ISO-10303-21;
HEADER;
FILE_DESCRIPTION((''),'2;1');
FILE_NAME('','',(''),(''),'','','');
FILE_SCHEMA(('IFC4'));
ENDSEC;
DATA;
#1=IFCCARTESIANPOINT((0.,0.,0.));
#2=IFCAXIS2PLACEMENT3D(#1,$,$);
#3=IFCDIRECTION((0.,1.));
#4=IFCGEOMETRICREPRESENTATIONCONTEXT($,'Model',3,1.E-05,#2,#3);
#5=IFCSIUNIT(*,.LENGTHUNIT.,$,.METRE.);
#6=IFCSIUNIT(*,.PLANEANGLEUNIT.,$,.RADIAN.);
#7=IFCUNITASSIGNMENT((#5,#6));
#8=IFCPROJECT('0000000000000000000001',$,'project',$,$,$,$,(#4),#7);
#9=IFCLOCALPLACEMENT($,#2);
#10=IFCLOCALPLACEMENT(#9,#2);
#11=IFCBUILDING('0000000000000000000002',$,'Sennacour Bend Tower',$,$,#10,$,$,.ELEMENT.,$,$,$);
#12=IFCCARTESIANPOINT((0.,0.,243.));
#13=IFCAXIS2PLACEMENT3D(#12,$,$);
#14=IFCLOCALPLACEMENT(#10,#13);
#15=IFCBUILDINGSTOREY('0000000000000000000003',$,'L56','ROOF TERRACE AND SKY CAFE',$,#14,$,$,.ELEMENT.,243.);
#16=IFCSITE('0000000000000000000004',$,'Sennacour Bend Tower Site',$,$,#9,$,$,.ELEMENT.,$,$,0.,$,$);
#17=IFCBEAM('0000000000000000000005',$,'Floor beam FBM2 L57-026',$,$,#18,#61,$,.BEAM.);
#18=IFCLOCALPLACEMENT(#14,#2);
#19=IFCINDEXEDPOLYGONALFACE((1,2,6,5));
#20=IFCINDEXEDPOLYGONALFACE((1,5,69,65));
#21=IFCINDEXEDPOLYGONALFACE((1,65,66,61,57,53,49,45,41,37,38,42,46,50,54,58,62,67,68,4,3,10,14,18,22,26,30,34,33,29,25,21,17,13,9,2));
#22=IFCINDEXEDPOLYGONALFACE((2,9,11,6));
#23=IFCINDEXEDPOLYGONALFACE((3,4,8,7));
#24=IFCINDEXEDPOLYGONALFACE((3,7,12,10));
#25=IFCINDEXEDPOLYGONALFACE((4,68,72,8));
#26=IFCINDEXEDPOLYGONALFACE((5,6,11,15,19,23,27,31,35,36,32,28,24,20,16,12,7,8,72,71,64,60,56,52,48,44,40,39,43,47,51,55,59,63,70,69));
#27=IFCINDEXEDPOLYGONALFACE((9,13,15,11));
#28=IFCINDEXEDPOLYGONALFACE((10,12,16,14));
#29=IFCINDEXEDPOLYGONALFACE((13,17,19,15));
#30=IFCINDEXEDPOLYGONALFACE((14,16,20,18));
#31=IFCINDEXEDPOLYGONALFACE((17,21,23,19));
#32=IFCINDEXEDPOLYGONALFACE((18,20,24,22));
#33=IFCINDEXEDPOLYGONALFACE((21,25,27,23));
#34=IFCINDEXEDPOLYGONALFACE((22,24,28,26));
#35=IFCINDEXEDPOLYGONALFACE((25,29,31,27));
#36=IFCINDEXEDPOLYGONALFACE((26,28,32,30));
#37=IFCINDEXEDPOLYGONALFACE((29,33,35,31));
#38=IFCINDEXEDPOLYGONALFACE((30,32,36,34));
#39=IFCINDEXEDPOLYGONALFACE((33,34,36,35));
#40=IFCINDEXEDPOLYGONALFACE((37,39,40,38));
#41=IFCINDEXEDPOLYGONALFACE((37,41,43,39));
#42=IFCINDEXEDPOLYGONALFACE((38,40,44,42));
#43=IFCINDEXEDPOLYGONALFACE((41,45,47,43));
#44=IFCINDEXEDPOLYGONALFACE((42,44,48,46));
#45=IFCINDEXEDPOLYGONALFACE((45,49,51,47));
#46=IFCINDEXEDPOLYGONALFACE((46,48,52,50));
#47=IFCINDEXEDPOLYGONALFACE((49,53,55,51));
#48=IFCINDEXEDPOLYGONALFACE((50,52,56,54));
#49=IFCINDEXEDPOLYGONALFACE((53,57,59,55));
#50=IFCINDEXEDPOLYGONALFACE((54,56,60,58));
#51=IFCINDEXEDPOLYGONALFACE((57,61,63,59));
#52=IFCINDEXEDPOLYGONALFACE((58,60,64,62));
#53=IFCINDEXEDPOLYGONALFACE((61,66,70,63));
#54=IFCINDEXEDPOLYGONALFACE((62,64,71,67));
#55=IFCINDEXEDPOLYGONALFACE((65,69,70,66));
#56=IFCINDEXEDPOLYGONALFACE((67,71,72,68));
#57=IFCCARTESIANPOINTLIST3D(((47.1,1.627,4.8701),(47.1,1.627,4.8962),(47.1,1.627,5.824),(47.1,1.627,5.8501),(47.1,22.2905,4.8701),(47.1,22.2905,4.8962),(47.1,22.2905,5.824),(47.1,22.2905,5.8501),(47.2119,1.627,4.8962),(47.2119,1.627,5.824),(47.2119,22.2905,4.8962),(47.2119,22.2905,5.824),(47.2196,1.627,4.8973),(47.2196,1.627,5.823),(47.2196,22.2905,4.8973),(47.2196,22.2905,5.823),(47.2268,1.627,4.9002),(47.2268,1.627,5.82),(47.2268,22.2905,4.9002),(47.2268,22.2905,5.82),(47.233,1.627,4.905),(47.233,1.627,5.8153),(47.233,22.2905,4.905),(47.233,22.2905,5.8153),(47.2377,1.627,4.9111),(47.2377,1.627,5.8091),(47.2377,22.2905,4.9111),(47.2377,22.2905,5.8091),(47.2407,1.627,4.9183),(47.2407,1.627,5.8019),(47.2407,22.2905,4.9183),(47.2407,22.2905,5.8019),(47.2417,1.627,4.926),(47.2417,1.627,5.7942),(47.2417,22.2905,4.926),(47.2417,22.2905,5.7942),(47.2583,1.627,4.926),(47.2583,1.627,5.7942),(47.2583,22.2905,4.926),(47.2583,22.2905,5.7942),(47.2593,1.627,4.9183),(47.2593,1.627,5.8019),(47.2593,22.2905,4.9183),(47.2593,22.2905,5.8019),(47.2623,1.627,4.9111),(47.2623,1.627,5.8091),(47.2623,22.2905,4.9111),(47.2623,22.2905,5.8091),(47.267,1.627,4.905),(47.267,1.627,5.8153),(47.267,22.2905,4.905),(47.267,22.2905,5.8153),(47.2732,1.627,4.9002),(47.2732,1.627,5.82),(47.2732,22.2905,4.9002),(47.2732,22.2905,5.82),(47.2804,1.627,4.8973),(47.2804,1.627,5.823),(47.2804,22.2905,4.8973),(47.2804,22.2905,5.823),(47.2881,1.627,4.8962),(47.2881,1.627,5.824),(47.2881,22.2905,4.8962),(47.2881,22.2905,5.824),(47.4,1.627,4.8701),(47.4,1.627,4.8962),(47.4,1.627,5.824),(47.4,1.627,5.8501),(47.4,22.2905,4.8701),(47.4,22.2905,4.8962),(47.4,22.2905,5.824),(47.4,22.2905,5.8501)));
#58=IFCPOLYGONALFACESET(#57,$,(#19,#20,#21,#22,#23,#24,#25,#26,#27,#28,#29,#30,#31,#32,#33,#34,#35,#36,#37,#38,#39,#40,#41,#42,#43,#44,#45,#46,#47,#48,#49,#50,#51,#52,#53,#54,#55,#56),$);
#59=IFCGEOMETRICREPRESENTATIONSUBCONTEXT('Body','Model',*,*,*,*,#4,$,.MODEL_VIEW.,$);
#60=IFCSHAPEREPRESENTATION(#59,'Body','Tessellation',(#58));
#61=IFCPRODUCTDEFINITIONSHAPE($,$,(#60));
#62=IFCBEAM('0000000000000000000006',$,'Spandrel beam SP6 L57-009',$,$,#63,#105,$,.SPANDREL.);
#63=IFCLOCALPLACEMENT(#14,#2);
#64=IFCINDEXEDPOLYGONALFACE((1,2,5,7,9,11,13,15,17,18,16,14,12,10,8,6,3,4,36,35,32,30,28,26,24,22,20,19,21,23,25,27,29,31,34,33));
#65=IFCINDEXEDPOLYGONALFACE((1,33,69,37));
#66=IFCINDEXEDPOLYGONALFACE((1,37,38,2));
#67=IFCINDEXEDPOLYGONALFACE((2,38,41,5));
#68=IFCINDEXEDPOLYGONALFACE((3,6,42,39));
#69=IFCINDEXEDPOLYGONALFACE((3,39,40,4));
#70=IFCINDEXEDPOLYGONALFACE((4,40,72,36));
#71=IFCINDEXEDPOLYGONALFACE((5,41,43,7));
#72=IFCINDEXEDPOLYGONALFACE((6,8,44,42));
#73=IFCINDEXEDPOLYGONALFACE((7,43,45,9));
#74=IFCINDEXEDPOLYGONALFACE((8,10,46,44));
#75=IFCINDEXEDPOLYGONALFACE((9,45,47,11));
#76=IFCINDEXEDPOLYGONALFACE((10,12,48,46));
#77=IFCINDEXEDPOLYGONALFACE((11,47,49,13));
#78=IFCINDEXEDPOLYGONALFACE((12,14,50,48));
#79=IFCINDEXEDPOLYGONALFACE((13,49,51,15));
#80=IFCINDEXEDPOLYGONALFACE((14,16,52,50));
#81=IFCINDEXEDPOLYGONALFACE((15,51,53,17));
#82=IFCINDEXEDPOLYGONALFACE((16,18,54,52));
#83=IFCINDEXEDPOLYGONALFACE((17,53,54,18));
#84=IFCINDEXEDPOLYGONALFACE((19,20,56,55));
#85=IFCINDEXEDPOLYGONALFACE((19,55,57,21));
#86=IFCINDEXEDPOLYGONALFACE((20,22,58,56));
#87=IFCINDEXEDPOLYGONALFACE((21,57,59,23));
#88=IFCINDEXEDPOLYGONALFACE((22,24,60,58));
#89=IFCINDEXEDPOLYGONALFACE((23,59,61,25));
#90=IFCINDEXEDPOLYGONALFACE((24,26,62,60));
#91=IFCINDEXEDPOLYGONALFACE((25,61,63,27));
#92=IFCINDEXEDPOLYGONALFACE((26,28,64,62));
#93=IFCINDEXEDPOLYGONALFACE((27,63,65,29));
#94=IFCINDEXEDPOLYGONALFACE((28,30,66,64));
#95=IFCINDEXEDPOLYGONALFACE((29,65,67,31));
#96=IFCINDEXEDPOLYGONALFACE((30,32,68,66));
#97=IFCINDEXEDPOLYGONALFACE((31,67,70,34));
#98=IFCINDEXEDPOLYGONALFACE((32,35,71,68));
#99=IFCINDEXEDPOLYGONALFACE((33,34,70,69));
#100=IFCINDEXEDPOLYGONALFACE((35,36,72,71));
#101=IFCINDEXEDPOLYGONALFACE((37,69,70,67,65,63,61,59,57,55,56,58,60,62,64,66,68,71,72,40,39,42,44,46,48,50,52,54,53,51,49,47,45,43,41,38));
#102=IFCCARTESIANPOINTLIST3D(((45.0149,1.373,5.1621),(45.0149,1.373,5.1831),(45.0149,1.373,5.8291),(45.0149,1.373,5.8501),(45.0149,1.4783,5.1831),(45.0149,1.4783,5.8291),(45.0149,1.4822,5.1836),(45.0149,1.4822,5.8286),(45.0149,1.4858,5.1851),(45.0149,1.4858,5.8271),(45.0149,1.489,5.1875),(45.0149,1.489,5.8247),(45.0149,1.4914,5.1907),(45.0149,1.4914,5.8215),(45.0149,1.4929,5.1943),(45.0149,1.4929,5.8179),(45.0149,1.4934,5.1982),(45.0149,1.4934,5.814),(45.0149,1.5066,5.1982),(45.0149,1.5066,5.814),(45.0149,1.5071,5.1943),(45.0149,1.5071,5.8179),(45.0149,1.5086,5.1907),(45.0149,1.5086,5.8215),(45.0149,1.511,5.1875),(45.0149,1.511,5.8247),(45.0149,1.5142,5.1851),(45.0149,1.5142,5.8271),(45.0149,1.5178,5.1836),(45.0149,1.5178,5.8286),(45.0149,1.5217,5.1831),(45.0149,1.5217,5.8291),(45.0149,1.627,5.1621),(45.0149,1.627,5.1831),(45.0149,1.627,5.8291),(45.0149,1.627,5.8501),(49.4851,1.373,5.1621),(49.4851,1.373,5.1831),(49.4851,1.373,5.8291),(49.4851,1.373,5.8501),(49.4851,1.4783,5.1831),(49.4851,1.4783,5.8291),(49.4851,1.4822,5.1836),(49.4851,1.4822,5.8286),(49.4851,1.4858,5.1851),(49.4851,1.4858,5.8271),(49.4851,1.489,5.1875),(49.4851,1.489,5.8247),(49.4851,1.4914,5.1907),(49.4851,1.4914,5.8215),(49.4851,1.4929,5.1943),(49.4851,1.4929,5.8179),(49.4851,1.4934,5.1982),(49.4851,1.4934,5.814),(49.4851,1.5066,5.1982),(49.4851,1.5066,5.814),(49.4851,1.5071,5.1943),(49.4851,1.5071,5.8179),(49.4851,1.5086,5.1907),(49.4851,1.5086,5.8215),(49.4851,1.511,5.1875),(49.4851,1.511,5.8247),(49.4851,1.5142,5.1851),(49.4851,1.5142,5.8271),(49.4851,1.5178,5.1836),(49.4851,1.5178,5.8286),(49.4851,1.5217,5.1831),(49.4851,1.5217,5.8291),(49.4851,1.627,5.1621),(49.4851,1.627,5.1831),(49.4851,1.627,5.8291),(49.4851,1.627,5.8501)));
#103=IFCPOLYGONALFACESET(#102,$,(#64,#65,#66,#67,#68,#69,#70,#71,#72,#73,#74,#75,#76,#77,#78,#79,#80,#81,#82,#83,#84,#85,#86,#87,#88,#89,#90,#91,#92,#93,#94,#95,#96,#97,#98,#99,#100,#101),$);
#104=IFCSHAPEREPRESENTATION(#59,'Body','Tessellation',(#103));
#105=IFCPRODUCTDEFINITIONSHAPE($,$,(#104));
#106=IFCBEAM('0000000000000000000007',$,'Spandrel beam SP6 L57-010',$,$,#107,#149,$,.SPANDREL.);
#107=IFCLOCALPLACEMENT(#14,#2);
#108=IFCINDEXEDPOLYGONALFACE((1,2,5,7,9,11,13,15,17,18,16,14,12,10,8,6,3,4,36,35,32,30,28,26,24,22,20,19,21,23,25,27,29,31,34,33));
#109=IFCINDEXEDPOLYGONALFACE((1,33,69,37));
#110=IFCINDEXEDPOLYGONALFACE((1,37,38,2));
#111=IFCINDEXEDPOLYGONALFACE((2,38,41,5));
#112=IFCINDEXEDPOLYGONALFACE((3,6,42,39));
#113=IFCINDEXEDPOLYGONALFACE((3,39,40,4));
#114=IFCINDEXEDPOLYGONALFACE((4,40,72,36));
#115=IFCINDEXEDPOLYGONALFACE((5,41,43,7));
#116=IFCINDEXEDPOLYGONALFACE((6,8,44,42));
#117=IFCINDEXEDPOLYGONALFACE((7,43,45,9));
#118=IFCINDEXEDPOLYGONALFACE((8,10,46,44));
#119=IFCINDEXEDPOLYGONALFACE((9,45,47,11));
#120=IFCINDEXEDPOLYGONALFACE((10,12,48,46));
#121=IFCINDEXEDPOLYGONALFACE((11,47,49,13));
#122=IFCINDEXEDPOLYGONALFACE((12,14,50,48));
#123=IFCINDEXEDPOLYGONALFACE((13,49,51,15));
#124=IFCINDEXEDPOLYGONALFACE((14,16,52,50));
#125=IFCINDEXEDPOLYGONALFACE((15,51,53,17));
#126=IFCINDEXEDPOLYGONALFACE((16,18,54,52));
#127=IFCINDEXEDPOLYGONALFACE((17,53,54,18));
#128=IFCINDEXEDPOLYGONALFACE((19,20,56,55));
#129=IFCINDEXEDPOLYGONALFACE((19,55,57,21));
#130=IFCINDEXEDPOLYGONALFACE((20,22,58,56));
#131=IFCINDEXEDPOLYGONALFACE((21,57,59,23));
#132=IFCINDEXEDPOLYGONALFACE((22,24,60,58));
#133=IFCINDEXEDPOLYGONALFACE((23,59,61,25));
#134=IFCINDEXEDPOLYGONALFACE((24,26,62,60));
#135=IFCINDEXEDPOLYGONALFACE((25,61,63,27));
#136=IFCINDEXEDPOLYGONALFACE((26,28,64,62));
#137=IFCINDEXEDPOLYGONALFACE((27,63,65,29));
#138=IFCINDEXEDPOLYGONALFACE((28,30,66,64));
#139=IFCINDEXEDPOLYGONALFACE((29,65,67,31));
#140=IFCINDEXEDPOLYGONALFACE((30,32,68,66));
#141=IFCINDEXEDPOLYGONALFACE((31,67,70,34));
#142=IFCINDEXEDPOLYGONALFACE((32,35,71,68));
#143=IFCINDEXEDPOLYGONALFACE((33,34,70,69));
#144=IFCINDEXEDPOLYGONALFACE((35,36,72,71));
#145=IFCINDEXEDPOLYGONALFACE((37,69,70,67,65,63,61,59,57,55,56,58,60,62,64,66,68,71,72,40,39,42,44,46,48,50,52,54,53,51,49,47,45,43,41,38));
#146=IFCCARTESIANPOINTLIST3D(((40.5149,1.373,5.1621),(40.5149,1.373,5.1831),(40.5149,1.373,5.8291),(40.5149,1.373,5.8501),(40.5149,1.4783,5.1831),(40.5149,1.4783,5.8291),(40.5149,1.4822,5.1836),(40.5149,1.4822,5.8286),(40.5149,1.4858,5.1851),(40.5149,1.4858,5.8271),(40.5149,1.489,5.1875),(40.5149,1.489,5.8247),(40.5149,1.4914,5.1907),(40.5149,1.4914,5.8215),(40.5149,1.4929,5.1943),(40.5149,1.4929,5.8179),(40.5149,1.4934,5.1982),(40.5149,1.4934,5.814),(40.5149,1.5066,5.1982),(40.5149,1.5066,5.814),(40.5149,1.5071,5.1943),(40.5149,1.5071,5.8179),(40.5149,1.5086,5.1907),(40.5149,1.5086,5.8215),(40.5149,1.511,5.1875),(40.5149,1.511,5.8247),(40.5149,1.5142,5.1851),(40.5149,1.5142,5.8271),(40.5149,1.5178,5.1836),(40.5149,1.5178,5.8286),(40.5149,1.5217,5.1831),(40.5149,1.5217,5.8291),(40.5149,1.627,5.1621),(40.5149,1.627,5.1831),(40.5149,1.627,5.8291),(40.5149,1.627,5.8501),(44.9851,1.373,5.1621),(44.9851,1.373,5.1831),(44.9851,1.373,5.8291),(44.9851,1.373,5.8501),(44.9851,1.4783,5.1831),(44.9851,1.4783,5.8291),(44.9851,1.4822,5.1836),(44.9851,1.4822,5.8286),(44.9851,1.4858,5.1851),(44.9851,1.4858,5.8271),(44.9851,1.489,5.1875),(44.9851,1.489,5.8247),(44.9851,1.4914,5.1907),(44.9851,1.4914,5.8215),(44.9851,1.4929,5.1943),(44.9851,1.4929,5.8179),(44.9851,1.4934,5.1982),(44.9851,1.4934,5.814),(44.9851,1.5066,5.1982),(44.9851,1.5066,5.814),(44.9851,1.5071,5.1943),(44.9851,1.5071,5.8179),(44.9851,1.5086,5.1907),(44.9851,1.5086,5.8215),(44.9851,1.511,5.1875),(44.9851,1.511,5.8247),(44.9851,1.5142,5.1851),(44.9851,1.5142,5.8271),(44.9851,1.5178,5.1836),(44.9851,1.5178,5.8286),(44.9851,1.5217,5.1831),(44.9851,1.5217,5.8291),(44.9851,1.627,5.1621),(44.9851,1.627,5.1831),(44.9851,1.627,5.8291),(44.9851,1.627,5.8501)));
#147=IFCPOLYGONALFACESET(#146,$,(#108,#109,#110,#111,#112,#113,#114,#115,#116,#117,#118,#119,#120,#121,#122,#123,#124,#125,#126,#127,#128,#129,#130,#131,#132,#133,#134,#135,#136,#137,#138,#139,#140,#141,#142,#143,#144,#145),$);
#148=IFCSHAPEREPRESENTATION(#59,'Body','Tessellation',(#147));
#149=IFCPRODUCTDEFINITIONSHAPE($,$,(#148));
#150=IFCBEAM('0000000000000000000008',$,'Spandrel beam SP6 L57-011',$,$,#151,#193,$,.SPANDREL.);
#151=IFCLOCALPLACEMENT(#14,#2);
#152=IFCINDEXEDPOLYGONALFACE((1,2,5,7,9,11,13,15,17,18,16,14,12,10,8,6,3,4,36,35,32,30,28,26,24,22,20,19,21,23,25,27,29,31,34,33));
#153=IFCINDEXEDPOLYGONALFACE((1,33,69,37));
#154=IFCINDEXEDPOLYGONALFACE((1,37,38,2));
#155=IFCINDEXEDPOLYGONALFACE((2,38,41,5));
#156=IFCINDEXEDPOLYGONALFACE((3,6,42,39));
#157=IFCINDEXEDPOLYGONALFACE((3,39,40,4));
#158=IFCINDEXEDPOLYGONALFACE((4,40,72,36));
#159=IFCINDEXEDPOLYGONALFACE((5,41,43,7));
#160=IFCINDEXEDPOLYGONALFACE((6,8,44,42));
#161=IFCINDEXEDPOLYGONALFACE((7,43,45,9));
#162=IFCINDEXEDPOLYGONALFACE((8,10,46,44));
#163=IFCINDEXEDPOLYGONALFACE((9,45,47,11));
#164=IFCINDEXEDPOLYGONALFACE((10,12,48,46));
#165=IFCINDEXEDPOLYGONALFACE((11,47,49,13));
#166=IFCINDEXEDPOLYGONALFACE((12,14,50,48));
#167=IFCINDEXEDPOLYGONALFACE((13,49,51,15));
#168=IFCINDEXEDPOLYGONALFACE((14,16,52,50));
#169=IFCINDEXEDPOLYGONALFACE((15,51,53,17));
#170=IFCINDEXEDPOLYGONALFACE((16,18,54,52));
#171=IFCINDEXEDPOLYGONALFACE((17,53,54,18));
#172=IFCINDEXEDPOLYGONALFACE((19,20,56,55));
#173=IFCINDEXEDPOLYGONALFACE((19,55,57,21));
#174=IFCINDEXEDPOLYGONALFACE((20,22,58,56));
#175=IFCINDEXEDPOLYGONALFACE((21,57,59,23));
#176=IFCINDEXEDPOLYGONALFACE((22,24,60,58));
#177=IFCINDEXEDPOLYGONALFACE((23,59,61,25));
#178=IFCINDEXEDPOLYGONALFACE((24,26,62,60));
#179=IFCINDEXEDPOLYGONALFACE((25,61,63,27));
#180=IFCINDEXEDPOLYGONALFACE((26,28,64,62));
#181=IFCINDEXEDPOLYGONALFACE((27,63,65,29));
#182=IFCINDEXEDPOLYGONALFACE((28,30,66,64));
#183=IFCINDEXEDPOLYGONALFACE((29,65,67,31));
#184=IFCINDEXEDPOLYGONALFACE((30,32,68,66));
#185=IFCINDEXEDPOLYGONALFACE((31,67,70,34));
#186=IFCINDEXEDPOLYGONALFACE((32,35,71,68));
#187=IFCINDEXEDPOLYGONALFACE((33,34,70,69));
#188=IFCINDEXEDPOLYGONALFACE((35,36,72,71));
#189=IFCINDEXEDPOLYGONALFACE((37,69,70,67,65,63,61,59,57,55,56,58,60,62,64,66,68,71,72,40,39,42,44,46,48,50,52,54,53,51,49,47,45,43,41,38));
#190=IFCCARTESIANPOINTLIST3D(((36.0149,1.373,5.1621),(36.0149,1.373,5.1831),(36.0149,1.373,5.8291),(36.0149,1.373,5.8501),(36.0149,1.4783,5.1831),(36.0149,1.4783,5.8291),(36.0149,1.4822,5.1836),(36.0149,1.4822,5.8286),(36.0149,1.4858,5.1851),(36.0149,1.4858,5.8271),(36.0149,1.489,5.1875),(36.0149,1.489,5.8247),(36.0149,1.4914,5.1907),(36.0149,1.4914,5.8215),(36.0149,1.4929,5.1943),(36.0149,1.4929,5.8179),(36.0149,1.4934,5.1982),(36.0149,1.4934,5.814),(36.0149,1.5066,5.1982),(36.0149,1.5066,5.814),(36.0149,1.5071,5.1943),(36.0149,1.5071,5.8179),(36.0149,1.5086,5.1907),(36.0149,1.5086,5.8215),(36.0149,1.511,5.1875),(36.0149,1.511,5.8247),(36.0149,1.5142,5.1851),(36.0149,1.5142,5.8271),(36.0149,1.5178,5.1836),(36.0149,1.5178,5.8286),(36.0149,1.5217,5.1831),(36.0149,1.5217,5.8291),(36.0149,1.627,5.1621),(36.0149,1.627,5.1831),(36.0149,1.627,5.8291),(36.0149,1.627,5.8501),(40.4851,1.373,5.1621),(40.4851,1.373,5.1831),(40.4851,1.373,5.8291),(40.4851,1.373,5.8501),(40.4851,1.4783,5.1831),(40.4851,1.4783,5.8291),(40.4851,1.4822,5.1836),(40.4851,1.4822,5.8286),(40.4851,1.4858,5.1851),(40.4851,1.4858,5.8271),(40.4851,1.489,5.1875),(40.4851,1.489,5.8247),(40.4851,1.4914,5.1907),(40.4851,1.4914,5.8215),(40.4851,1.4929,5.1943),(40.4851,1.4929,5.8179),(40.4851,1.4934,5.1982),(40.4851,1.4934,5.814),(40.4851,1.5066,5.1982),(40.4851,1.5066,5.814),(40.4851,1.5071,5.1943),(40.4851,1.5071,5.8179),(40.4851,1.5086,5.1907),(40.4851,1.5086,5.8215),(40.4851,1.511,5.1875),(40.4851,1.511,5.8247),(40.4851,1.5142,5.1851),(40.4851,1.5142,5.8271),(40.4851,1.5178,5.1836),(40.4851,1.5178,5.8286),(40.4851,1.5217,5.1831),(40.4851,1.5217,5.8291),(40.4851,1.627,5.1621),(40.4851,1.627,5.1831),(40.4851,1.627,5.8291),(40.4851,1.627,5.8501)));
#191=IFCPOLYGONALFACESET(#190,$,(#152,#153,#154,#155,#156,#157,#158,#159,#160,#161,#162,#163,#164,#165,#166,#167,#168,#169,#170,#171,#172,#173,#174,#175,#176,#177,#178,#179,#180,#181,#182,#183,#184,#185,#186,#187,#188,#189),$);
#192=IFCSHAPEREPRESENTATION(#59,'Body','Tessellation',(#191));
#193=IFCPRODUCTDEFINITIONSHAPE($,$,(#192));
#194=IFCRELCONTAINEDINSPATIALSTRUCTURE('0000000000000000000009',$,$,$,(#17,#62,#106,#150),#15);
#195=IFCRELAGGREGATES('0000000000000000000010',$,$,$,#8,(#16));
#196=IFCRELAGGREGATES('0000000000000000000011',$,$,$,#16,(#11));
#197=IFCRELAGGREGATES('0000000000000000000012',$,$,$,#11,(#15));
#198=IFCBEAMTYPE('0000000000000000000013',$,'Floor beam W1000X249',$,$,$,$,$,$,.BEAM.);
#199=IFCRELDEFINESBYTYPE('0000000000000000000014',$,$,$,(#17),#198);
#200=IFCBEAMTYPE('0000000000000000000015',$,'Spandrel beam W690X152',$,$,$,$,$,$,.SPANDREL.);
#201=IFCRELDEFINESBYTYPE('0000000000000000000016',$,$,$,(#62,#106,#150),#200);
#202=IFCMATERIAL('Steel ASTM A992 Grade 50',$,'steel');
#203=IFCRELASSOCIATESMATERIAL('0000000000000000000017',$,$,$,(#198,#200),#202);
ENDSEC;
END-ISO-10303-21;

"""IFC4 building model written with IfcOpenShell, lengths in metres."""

from ifc_helpers import new_model, si_unit, direction, frame, origin, origin_2d, place, context, subcontext, project, spatial, i_section, extrude, material, material_profile, profile_set, type_object, element, save


model = new_model("IFC4")

# Units and contexts
model_context = context("Model", 3, precision=1e-05, world=origin(), true_north=direction((0.0, 1.0)))
body_context = subcontext(model_context, "Body", "Model", "MODEL_VIEW")
ifc_project = project(units=[si_unit("LENGTHUNIT", "METRE"), si_unit("PLANEANGLEUNIT", "RADIAN")], contexts=[model_context])

# Site, building, storey
site_placement = place(None, origin())
site = spatial("IfcSite", under=ifc_project, at=site_placement, Name="Sennacour Bend Tower Site", CompositionType="ELEMENT", RefElevation=0.0)
building_placement = place(site_placement, origin())
building = spatial("IfcBuilding", under=site, at=building_placement, Name="Sennacour Bend Tower", CompositionType="ELEMENT")
storey_placement = place(building_placement, frame((0.0, 0.0, 243.0)))
storey = spatial("IfcBuildingStorey", under=building, at=storey_placement, Name="L56", Description="ROOF TERRACE AND SKY CAFE", CompositionType="ELEMENT", Elevation=243.0)

# Shared definitions
ifc_material_1 = material(Name="Steel ASTM A992 Grade 50", Category="steel")

# Beams
ifc_material_profile_1 = material_profile(ifc_material_1, i_section(OverallWidth=0.3, OverallDepth=0.98, WebThickness=0.0166, FlangeThickness=0.0261, FilletRadius=0.0298, at=origin_2d()), Name="Steel ASTM A992 Grade 50", Category="steel")
ifc_profile_set_1 = profile_set([ifc_material_profile_1], Name="Steel ASTM A992 Grade 50")
beam_type_1 = type_object("IfcBeamType", Name="Floor beam W1000X249", PredefinedType="BEAM", material=ifc_profile_set_1)
for number, where, z_axis, x_axis, name in (
    (1, (47.25, 1.627, 5.3601), (0.0, 1.0, 0.0), (-1.0, 0.0, 0.0), "Floor beam FBM2 L57-026"),
):
    element("IfcBeam", number, at=place(storey_placement, frame(where, z_axis=z_axis, x_axis=x_axis)), inside=storey, type_object=beam_type_1, Name=name, PredefinedType="BEAM", context=body_context, shape_type="SweptSolid", body=[
        extrude(i_section(OverallWidth=0.3, OverallDepth=0.98, WebThickness=0.0166, FlangeThickness=0.0261, FilletRadius=0.0298, at=origin_2d()), origin(), (0.0, 0.0, 1.0), 20.6636),
    ])
ifc_material_profile_2 = material_profile(ifc_material_1, i_section(OverallWidth=0.2539, OverallDepth=0.688, WebThickness=0.0132, FlangeThickness=0.021, FilletRadius=0.0151, at=origin_2d()), Name="Steel ASTM A992 Grade 50", Category="steel")
ifc_profile_set_2 = profile_set([ifc_material_profile_2], Name="Steel ASTM A992 Grade 50")
beam_type_2 = type_object("IfcBeamType", Name="Spandrel beam W690X152", PredefinedType="SPANDREL", material=ifc_profile_set_2)
for number, where, z_axis, x_axis, name in (
    (2, (49.4851, 1.5, 5.5061), (-1.0, 0.0, 0.0), (0.0, -1.0, 0.0), "Spandrel beam SP6 L57-009"),
    (3, (44.9851, 1.5, 5.5061), (-1.0, 0.0, 0.0), (0.0, -1.0, 0.0), "Spandrel beam SP6 L57-010"),
    (4, (40.4851, 1.5, 5.5061), (-1.0, 0.0, 0.0), (0.0, -1.0, 0.0), "Spandrel beam SP6 L57-011"),
):
    element("IfcBeam", number, at=place(storey_placement, frame(where, z_axis=z_axis, x_axis=x_axis)), inside=storey, type_object=beam_type_2, Name=name, PredefinedType="SPANDREL", context=body_context, shape_type="SweptSolid", body=[
        extrude(i_section(OverallWidth=0.2539, OverallDepth=0.688, WebThickness=0.0132, FlangeThickness=0.021, FilletRadius=0.0151, at=origin_2d()), origin(), (0.0, 0.0, 1.0), 4.4702),
    ])

save(model, "model.ifc")
